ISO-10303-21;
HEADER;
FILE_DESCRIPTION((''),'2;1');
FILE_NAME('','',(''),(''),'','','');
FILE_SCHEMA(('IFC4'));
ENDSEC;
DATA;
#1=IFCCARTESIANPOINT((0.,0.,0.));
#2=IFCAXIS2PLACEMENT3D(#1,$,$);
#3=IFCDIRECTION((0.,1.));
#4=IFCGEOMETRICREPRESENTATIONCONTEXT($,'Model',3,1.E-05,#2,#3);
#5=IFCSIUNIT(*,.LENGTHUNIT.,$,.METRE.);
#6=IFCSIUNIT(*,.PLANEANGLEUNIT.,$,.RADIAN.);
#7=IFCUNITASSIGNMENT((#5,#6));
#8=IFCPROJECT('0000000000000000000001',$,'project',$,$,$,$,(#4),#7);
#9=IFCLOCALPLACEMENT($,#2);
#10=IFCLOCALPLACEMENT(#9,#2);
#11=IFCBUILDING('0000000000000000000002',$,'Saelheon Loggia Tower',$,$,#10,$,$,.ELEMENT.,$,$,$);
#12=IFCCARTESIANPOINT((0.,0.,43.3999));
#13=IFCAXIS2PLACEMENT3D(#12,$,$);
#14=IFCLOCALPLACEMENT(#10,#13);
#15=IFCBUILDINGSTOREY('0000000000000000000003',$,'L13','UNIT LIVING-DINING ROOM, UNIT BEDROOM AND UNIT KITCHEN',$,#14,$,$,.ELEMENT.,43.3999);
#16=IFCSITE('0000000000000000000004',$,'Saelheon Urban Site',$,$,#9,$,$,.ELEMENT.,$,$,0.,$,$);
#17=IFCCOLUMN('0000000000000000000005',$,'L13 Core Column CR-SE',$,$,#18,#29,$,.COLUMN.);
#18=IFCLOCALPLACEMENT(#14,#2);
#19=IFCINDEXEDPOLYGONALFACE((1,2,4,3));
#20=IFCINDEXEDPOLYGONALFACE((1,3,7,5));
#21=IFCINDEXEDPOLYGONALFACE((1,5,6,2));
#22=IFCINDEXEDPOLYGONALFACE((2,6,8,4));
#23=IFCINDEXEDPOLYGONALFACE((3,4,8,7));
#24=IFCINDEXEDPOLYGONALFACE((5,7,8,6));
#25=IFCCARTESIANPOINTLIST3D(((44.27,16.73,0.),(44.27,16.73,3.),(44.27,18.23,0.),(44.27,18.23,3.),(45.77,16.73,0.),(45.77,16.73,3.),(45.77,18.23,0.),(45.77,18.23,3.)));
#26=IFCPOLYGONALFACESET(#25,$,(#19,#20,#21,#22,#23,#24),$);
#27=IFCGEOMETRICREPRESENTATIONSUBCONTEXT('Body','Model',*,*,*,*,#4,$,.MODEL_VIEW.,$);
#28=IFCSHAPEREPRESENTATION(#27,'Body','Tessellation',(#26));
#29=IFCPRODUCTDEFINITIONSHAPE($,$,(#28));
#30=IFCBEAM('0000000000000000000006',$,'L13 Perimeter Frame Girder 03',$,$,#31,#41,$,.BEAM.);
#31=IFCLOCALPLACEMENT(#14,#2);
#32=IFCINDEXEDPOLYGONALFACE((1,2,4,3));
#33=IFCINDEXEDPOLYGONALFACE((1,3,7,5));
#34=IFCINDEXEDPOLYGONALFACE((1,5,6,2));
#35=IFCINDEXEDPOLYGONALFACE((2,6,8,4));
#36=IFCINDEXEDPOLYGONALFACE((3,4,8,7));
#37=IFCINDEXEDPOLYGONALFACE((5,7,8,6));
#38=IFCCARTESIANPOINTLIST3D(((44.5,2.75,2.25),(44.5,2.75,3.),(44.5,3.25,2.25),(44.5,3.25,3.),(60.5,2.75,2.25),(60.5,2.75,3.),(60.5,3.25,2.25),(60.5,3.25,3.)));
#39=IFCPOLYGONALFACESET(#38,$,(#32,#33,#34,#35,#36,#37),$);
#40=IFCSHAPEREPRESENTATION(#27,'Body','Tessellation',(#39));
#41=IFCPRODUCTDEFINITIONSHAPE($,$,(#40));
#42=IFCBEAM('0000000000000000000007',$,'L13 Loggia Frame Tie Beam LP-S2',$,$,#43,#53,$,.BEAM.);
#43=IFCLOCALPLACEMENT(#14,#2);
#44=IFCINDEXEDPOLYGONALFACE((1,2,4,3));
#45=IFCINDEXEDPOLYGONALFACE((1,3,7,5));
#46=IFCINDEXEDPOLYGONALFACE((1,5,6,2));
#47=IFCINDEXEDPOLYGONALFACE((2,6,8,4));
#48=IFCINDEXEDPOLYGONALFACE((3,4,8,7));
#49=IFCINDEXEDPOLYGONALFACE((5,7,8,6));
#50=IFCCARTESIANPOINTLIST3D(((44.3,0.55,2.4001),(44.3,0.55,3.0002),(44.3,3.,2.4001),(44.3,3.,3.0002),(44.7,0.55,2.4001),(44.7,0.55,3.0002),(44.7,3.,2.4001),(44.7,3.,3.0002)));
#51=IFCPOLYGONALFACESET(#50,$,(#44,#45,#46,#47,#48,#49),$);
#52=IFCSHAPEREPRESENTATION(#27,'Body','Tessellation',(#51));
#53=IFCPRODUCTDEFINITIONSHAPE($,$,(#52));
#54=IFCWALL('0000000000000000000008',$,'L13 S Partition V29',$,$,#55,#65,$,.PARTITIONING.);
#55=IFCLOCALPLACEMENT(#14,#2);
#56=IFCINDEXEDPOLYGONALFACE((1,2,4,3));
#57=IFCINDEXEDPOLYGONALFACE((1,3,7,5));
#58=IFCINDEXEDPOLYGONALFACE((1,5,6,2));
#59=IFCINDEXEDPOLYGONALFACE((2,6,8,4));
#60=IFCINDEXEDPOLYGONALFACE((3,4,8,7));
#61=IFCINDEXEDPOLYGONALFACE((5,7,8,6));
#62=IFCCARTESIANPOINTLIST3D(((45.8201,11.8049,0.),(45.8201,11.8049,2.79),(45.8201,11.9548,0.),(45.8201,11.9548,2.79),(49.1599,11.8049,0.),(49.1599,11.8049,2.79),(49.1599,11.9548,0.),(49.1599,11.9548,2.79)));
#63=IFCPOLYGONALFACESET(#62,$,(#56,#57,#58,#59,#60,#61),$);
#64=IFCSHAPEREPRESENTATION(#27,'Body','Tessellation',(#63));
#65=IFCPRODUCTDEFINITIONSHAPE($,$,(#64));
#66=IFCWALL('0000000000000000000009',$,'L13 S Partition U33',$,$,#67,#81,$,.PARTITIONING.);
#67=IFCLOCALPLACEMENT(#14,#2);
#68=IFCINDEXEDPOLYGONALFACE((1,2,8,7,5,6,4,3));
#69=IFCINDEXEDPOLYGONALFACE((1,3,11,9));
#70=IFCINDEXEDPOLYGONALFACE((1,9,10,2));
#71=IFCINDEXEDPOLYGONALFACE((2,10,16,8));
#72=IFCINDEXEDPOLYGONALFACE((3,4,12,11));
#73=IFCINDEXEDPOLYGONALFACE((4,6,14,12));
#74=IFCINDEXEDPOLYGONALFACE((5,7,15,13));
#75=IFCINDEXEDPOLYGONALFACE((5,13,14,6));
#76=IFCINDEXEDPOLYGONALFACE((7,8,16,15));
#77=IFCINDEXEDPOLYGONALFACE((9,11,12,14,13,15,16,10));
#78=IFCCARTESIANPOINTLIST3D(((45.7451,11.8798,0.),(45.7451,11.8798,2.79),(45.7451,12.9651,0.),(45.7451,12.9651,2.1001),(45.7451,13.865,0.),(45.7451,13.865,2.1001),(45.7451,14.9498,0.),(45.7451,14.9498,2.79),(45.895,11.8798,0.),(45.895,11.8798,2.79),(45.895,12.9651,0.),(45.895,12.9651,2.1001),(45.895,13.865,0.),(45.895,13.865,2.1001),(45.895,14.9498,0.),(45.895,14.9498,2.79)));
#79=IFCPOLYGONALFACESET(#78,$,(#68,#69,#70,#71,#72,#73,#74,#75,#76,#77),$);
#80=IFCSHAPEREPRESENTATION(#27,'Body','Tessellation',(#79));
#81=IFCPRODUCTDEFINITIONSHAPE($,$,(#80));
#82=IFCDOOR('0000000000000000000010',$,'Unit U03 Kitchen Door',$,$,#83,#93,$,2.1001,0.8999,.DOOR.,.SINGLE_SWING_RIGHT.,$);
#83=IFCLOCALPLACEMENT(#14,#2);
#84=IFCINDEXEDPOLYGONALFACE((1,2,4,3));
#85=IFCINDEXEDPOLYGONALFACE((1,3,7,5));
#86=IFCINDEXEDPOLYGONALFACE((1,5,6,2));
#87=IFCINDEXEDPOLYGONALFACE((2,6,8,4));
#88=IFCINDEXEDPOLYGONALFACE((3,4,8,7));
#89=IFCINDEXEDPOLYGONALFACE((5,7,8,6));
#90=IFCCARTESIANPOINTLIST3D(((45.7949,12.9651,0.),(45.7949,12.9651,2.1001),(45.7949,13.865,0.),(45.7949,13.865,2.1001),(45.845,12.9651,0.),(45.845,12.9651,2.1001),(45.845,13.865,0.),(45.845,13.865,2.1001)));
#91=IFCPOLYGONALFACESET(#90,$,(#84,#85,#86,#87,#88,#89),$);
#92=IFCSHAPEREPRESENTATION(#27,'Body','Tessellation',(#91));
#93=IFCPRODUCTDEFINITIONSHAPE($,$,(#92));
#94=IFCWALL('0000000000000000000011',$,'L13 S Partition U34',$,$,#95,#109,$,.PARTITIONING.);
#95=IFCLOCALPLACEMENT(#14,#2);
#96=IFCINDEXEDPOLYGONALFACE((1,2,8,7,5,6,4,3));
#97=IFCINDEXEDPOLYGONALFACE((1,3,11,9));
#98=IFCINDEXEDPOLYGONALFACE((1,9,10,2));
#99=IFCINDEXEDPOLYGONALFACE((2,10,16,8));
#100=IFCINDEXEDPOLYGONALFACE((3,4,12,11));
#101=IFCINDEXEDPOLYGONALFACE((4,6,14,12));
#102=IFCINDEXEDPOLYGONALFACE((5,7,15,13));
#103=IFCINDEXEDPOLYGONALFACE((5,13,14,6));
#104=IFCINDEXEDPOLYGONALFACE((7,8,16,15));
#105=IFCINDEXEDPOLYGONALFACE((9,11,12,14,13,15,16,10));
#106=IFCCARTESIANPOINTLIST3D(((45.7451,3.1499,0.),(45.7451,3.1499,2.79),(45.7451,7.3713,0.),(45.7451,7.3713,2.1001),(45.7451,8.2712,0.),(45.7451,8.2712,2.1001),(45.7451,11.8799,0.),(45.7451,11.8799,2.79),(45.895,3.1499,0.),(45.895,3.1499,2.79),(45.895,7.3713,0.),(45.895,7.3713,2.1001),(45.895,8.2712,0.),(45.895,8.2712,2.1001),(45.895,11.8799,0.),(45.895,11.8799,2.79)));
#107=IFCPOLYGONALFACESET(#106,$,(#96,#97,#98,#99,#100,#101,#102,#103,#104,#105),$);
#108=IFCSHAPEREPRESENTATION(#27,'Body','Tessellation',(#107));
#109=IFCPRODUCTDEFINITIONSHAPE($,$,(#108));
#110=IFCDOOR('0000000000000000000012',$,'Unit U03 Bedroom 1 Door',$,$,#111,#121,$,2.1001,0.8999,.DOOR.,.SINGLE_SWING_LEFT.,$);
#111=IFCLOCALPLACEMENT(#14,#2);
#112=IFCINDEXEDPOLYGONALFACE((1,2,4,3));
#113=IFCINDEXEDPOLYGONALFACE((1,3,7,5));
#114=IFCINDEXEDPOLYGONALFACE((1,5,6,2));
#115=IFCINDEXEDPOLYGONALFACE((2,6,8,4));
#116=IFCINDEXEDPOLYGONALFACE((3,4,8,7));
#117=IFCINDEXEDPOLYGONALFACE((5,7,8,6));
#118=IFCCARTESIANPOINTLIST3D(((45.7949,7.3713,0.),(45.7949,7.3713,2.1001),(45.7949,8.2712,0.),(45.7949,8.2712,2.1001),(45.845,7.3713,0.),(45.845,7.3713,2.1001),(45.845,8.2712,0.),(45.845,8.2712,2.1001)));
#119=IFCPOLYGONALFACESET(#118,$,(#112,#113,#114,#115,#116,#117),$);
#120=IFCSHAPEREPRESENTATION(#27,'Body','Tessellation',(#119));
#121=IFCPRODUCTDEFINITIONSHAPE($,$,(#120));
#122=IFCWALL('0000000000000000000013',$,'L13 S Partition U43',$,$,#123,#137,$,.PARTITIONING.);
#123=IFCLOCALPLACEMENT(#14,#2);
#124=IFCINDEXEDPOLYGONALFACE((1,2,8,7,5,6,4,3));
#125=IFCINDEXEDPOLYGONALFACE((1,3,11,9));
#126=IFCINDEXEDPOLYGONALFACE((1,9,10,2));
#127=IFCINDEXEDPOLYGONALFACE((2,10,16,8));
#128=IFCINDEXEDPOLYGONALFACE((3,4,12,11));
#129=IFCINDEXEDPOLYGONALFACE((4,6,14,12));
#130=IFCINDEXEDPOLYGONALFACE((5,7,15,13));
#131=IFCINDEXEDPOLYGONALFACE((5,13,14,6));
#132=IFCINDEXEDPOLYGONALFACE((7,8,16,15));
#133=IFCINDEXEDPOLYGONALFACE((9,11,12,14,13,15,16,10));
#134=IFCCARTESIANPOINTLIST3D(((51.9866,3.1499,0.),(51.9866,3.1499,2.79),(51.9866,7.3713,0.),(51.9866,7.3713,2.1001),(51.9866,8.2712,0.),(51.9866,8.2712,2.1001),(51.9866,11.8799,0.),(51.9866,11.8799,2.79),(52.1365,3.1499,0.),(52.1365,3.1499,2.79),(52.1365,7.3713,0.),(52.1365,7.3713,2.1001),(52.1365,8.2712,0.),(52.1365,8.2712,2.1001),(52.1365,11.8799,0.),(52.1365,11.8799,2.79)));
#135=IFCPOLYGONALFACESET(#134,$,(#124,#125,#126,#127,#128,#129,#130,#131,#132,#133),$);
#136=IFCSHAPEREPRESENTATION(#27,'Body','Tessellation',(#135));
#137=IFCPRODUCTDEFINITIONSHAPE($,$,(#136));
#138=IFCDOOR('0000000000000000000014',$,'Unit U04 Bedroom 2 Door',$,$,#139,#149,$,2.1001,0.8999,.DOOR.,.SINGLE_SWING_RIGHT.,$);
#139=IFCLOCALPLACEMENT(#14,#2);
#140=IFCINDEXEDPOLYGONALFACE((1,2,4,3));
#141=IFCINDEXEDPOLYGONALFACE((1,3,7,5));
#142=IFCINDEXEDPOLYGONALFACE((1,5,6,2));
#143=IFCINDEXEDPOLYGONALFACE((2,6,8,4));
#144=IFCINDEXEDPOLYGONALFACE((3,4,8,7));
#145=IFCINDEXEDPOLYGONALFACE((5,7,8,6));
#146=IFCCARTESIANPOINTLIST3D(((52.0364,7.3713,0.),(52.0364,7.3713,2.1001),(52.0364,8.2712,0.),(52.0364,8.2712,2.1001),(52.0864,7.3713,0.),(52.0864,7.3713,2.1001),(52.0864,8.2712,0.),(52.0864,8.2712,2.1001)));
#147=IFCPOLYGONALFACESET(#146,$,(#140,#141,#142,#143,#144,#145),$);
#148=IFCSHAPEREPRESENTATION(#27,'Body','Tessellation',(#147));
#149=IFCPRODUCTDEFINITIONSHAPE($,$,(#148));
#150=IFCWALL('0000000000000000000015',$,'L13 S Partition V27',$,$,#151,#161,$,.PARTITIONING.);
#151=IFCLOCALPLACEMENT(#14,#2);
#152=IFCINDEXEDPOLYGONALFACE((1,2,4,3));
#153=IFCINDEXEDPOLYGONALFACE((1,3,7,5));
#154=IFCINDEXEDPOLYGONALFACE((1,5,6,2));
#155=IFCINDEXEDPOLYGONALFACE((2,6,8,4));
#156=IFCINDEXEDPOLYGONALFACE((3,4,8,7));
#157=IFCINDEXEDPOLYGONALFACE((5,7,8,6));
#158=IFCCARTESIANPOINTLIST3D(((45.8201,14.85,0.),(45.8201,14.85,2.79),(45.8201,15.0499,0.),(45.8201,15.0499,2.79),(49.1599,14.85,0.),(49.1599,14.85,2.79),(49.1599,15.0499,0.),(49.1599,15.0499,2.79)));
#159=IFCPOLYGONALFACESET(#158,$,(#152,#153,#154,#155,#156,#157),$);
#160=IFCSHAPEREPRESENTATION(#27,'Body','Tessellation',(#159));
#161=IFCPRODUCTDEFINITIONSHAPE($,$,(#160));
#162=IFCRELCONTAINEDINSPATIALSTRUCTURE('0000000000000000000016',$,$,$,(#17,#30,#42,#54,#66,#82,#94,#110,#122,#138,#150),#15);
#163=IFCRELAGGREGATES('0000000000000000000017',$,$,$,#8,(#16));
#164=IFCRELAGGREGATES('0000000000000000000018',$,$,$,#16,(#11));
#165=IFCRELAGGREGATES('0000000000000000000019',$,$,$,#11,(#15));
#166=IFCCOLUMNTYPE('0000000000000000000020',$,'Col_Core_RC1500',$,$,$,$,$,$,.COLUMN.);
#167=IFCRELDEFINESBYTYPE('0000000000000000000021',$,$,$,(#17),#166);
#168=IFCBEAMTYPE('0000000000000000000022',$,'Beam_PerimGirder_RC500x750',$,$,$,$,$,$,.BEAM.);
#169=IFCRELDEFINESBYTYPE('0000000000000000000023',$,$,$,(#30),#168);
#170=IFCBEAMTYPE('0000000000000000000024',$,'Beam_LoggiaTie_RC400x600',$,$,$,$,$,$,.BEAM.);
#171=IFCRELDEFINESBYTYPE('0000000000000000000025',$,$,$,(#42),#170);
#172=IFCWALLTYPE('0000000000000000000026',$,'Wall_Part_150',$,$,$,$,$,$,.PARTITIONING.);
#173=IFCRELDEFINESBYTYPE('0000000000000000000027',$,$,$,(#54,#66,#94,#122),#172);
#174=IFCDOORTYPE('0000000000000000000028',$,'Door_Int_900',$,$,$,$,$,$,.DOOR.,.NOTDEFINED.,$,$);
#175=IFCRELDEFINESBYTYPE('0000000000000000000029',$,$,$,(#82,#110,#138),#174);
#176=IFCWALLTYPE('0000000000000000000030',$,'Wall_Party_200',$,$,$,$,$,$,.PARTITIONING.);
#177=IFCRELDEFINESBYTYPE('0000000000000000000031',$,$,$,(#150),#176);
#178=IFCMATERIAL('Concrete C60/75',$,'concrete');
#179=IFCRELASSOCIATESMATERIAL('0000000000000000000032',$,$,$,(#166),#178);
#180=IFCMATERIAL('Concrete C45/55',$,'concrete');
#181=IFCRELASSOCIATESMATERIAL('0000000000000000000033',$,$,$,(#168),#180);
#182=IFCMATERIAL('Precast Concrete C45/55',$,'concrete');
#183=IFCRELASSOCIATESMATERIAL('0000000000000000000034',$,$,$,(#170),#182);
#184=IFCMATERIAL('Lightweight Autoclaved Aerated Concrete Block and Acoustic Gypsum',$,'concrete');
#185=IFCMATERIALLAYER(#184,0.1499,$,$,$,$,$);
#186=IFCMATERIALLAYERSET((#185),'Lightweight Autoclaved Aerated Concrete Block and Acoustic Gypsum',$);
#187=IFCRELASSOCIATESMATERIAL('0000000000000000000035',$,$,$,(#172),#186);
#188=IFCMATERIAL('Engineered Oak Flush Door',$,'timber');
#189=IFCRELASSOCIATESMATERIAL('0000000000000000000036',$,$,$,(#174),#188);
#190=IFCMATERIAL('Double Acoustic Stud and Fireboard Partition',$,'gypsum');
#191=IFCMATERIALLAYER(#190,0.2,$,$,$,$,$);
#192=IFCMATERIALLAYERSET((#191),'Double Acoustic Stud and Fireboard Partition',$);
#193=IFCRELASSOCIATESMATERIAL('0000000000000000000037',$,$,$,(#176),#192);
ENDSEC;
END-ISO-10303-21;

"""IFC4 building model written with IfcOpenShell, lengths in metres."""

from ifc_helpers import new_model, si_unit, direction, frame, frame_2d, origin, origin_2d, place, context, subcontext, project, spatial, rectangle, extrude, source, transform, mapped, material, layer, layer_set, material_profile, profile_set, type_object, element, fill, save


model = new_model("IFC4")

# Units and contexts
model_context = context("Model", 3, precision=1e-05, world=origin(), true_north=direction((0.0, 1.0)))
body_context = subcontext(model_context, "Body", "Model", "MODEL_VIEW")
ifc_project = project(units=[si_unit("LENGTHUNIT", "METRE"), si_unit("PLANEANGLEUNIT", "RADIAN")], contexts=[model_context])

# Site, building, storey
site_placement = place(None, origin())
site = spatial("IfcSite", under=ifc_project, at=site_placement, Name="Saelheon Urban Site", CompositionType="ELEMENT", RefElevation=0.0)
building_placement = place(site_placement, origin())
building = spatial("IfcBuilding", under=site, at=building_placement, Name="Saelheon Loggia Tower", CompositionType="ELEMENT")
storey_placement = place(building_placement, frame((0.0, 0.0, 43.3999)))
storey = spatial("IfcBuildingStorey", under=building, at=storey_placement, Name="L13", Description="UNIT LIVING-DINING ROOM, UNIT BEDROOM AND UNIT KITCHEN", CompositionType="ELEMENT", Elevation=43.3999)

# Column
ifc_material_1 = material(Name="Concrete C60/75", Category="concrete")
ifc_material_profile_1 = material_profile(ifc_material_1, rectangle(XDim=1.5, YDim=1.5, at=origin_2d()), Name="RC-1500x1500")
ifc_profile_set_1 = profile_set([ifc_material_profile_1], Name="Concrete C60/75")
column_type = type_object("IfcColumnType", Name="Col_Core_RC1500", PredefinedType="COLUMN", material=ifc_profile_set_1)
shared_shape_1 = source(origin(), body_context, "Body", "SweptSolid", [
    extrude(rectangle(XDim=1.5, YDim=1.5, at=origin_2d()), origin(), (0.0, 0.0, 1.0), 3.0),
])
column_placement = place(storey_placement, frame((45.02, 17.48, 0.0), z_axis=(0.0, 0.0, 1.0), x_axis=(1.0, 0.0, 0.0)))
element("IfcColumn", 1, at=column_placement, inside=storey, type_object=column_type, Name="L13 Core Column CR-SE", PredefinedType="COLUMN", context=body_context, shape_type="MappedRepresentation", body=[
    mapped(shared_shape_1, transform((0.0, 0.0, 0.0), scale=1.0)),
])

# Beams
ifc_material_2 = material(Name="Concrete C45/55", Category="concrete")
ifc_material_profile_2 = material_profile(ifc_material_2, rectangle(XDim=0.5, YDim=0.75, at=origin_2d()), Name="RC-500x750")
ifc_profile_set_2 = profile_set([ifc_material_profile_2], Name="Concrete C45/55")
beam_type_1 = type_object("IfcBeamType", Name="Beam_PerimGirder_RC500x750", PredefinedType="BEAM", material=ifc_profile_set_2)
shared_shape_2 = source(origin(), body_context, "Body", "SweptSolid", [
    extrude(rectangle(XDim=0.5, YDim=0.75, at=origin_2d()), origin(), (0.0, 0.0, 1.0), 16.0),
])
beam_1_placement = place(storey_placement, frame((44.5, 3.0, 2.625), z_axis=(1.0, 0.0, 0.0), x_axis=(0.0, 1.0, 0.0)))
element("IfcBeam", 2, at=beam_1_placement, inside=storey, type_object=beam_type_1, Name="L13 Perimeter Frame Girder 03", PredefinedType="BEAM", context=body_context, shape_type="MappedRepresentation", body=[
    mapped(shared_shape_2, transform((0.0, 0.0, 0.0), scale=1.0)),
])
ifc_material_3 = material(Name="Precast Concrete C45/55", Category="concrete")
ifc_material_profile_3 = material_profile(ifc_material_3, rectangle(XDim=0.3999, YDim=0.6001, at=origin_2d()), Name="RC-400x600")
ifc_profile_set_3 = profile_set([ifc_material_profile_3], Name="Precast Concrete C45/55")
beam_type_2 = type_object("IfcBeamType", Name="Beam_LoggiaTie_RC400x600", PredefinedType="BEAM", material=ifc_profile_set_3)
shared_shape_3 = source(origin(), body_context, "Body", "SweptSolid", [
    extrude(rectangle(XDim=0.3999, YDim=0.6001, at=origin_2d()), origin(), (0.0, 0.0, 1.0), 2.45),
])
beam_2_placement = place(storey_placement, frame((44.5, 3.0, 2.7002), z_axis=(0.0, -1.0, 0.0), x_axis=(1.0, 0.0, 0.0)))
element("IfcBeam", 3, at=beam_2_placement, inside=storey, type_object=beam_type_2, Name="L13 Loggia Frame Tie Beam LP-S2", PredefinedType="BEAM", context=body_context, shape_type="MappedRepresentation", body=[
    mapped(shared_shape_3, transform((0.0, 0.0, 0.0), scale=1.0)),
])

# Wall
ifc_material_4 = material(Name="Lightweight Autoclaved Aerated Concrete Block and Acoustic Gypsum", Category="concrete")
ifc_layer_1 = layer(ifc_material_4, 0.1499)
ifc_layer_set_1 = layer_set([ifc_layer_1], Name="Lightweight Autoclaved Aerated Concrete Block and Acoustic Gypsum")
wall_type_1 = type_object("IfcWallType", Name="Wall_Part_150", PredefinedType="PARTITIONING", material=ifc_layer_set_1)
wall_1_placement = place(storey_placement, frame((45.8201, 11.8799, 0.0), z_axis=(0.0, 0.0, 1.0), x_axis=(1.0, 0.0, 0.0)))
element("IfcWall", 4, at=wall_1_placement, inside=storey, type_object=wall_type_1, Name="L13 S Partition V29", PredefinedType="PARTITIONING", context=body_context, shape_type="SweptSolid", body=[
    extrude(rectangle(XDim=3.3398, YDim=0.1499, at=frame_2d((1.6699, 0.0))), origin(), (0.0, 0.0, 1.0), 2.79),
])

# Walls, openings, doors
wall_2_placement = place(storey_placement, frame((45.8201, 14.95, 0.0), z_axis=(0.0, 0.0, 1.0), x_axis=(0.0, -1.0, 0.0)))
wall_2 = element("IfcWall", 5, at=wall_2_placement, inside=storey, type_object=wall_type_1, Name="L13 S Partition U33", PredefinedType="PARTITIONING", context=body_context, shape_type="SweptSolid", body=[
    extrude(rectangle(XDim=3.0701, YDim=0.1499, at=frame_2d((1.5352, 0.0))), origin(), (0.0, 0.0, 1.0), 2.79),
])
opening_1_placement = place(wall_2_placement, frame((1.085, 0.0, 0.0)))
opening_1 = element("IfcOpeningElement", 6, at=opening_1_placement, cuts=wall_2, PredefinedType="OPENING", context=body_context, shape_type="SweptSolid", body=[
    extrude(rectangle(XDim=0.8999, YDim=2.1001, at=frame_2d((0.45, 1.05))), frame((0.0, 0.0869, 0.0), z_axis=(0.0, -1.0, 0.0), x_axis=(1.0, 0.0, 0.0)), (0.0, 0.0, 1.0), 0.1738),
])
ifc_material_5 = material(Name="Engineered Oak Flush Door", Category="timber")
door_type_1 = type_object("IfcDoorType", Name="Door_Int_900", OperationType="NOTDEFINED", PredefinedType="DOOR", material=ifc_material_5)
shared_shape_4 = source(origin(), body_context, "Body", "SweptSolid", [
    extrude(rectangle(XDim=0.8999, YDim=2.1001, at=frame_2d((0.45, 1.05))), frame((0.0, 0.0249, 0.0), z_axis=(0.0, -1.0, 0.0), x_axis=(1.0, 0.0, 0.0)), (0.0, 0.0, 1.0), 0.05),
])
door_1_placement = place(opening_1_placement, origin())
door_1 = element("IfcDoor", 7, at=door_1_placement, inside=storey, type_object=door_type_1, Name="Unit U03 Kitchen Door", OperationType="SINGLE_SWING_RIGHT", OverallHeight=2.1001, OverallWidth=0.8999, PredefinedType="DOOR", context=body_context, shape_type="MappedRepresentation", body=[
    mapped(shared_shape_4, transform((0.0, 0.0, 0.0), scale=1.0)),
])
fill(opening_1, door_1)
wall_3_placement = place(storey_placement, frame((45.8201, 11.8799, 0.0), z_axis=(0.0, 0.0, 1.0), x_axis=(0.0, -1.0, 0.0)))
wall_3 = element("IfcWall", 8, at=wall_3_placement, inside=storey, type_object=wall_type_1, Name="L13 S Partition U34", PredefinedType="PARTITIONING", context=body_context, shape_type="SweptSolid", body=[
    extrude(rectangle(XDim=8.73, YDim=0.1499, at=frame_2d((4.365, 0.0))), origin(), (0.0, 0.0, 1.0), 2.79),
])
opening_2_placement = place(wall_3_placement, frame((3.6086, 0.0, 0.0)))
opening_2 = element("IfcOpeningElement", 9, at=opening_2_placement, cuts=wall_3, PredefinedType="OPENING", context=body_context, shape_type="SweptSolid", body=[
    extrude(rectangle(XDim=0.8999, YDim=2.1001, at=frame_2d((0.45, 1.05))), frame((0.0, 0.0869, 0.0), z_axis=(0.0, -1.0, 0.0), x_axis=(1.0, 0.0, 0.0)), (0.0, 0.0, 1.0), 0.1738),
])
door_2_placement = place(opening_2_placement, origin())
door_2 = element("IfcDoor", 10, at=door_2_placement, inside=storey, type_object=door_type_1, Name="Unit U03 Bedroom 1 Door", OperationType="SINGLE_SWING_LEFT", OverallHeight=2.1001, OverallWidth=0.8999, PredefinedType="DOOR", context=body_context, shape_type="MappedRepresentation", body=[
    mapped(shared_shape_4, transform((0.0, 0.0, 0.0), scale=1.0)),
])
fill(opening_2, door_2)
wall_4_placement = place(storey_placement, frame((52.0615, 11.8799, 0.0), z_axis=(0.0, 0.0, 1.0), x_axis=(0.0, -1.0, 0.0)))
wall_4 = element("IfcWall", 11, at=wall_4_placement, inside=storey, type_object=wall_type_1, Name="L13 S Partition U43", PredefinedType="PARTITIONING", context=body_context, shape_type="SweptSolid", body=[
    extrude(rectangle(XDim=8.73, YDim=0.1499, at=frame_2d((4.365, 0.0))), origin(), (0.0, 0.0, 1.0), 2.79),
])
opening_3_placement = place(wall_4_placement, frame((3.6086, 0.0, 0.0)))
opening_3 = element("IfcOpeningElement", 12, at=opening_3_placement, cuts=wall_4, PredefinedType="OPENING", context=body_context, shape_type="SweptSolid", body=[
    extrude(rectangle(XDim=0.8999, YDim=2.1001, at=frame_2d((0.45, 1.05))), frame((0.0, 0.0869, 0.0), z_axis=(0.0, -1.0, 0.0), x_axis=(1.0, 0.0, 0.0)), (0.0, 0.0, 1.0), 0.1738),
])
door_3_placement = place(opening_3_placement, origin())
door_3 = element("IfcDoor", 13, at=door_3_placement, inside=storey, type_object=door_type_1, Name="Unit U04 Bedroom 2 Door", OperationType="SINGLE_SWING_RIGHT", OverallHeight=2.1001, OverallWidth=0.8999, PredefinedType="DOOR", context=body_context, shape_type="MappedRepresentation", body=[
    mapped(shared_shape_4, transform((0.0, 0.0, 0.0), scale=1.0)),
])
fill(opening_3, door_3)

# Wall
ifc_material_6 = material(Name="Double Acoustic Stud and Fireboard Partition", Category="gypsum")
ifc_layer_2 = layer(ifc_material_6, 0.2)
ifc_layer_set_2 = layer_set([ifc_layer_2], Name="Double Acoustic Stud and Fireboard Partition")
wall_type_2 = type_object("IfcWallType", Name="Wall_Party_200", PredefinedType="PARTITIONING", material=ifc_layer_set_2)
wall_5_placement = place(storey_placement, frame((45.8201, 14.95, 0.0), z_axis=(0.0, 0.0, 1.0), x_axis=(1.0, 0.0, 0.0)))
element("IfcWall", 14, at=wall_5_placement, inside=storey, type_object=wall_type_2, Name="L13 S Partition V27", PredefinedType="PARTITIONING", context=body_context, shape_type="SweptSolid", body=[
    extrude(rectangle(XDim=3.3398, YDim=0.2, at=frame_2d((1.6699, 0.0))), origin(), (0.0, 0.0, 1.0), 2.79),
])

save(model, "model.ifc")
